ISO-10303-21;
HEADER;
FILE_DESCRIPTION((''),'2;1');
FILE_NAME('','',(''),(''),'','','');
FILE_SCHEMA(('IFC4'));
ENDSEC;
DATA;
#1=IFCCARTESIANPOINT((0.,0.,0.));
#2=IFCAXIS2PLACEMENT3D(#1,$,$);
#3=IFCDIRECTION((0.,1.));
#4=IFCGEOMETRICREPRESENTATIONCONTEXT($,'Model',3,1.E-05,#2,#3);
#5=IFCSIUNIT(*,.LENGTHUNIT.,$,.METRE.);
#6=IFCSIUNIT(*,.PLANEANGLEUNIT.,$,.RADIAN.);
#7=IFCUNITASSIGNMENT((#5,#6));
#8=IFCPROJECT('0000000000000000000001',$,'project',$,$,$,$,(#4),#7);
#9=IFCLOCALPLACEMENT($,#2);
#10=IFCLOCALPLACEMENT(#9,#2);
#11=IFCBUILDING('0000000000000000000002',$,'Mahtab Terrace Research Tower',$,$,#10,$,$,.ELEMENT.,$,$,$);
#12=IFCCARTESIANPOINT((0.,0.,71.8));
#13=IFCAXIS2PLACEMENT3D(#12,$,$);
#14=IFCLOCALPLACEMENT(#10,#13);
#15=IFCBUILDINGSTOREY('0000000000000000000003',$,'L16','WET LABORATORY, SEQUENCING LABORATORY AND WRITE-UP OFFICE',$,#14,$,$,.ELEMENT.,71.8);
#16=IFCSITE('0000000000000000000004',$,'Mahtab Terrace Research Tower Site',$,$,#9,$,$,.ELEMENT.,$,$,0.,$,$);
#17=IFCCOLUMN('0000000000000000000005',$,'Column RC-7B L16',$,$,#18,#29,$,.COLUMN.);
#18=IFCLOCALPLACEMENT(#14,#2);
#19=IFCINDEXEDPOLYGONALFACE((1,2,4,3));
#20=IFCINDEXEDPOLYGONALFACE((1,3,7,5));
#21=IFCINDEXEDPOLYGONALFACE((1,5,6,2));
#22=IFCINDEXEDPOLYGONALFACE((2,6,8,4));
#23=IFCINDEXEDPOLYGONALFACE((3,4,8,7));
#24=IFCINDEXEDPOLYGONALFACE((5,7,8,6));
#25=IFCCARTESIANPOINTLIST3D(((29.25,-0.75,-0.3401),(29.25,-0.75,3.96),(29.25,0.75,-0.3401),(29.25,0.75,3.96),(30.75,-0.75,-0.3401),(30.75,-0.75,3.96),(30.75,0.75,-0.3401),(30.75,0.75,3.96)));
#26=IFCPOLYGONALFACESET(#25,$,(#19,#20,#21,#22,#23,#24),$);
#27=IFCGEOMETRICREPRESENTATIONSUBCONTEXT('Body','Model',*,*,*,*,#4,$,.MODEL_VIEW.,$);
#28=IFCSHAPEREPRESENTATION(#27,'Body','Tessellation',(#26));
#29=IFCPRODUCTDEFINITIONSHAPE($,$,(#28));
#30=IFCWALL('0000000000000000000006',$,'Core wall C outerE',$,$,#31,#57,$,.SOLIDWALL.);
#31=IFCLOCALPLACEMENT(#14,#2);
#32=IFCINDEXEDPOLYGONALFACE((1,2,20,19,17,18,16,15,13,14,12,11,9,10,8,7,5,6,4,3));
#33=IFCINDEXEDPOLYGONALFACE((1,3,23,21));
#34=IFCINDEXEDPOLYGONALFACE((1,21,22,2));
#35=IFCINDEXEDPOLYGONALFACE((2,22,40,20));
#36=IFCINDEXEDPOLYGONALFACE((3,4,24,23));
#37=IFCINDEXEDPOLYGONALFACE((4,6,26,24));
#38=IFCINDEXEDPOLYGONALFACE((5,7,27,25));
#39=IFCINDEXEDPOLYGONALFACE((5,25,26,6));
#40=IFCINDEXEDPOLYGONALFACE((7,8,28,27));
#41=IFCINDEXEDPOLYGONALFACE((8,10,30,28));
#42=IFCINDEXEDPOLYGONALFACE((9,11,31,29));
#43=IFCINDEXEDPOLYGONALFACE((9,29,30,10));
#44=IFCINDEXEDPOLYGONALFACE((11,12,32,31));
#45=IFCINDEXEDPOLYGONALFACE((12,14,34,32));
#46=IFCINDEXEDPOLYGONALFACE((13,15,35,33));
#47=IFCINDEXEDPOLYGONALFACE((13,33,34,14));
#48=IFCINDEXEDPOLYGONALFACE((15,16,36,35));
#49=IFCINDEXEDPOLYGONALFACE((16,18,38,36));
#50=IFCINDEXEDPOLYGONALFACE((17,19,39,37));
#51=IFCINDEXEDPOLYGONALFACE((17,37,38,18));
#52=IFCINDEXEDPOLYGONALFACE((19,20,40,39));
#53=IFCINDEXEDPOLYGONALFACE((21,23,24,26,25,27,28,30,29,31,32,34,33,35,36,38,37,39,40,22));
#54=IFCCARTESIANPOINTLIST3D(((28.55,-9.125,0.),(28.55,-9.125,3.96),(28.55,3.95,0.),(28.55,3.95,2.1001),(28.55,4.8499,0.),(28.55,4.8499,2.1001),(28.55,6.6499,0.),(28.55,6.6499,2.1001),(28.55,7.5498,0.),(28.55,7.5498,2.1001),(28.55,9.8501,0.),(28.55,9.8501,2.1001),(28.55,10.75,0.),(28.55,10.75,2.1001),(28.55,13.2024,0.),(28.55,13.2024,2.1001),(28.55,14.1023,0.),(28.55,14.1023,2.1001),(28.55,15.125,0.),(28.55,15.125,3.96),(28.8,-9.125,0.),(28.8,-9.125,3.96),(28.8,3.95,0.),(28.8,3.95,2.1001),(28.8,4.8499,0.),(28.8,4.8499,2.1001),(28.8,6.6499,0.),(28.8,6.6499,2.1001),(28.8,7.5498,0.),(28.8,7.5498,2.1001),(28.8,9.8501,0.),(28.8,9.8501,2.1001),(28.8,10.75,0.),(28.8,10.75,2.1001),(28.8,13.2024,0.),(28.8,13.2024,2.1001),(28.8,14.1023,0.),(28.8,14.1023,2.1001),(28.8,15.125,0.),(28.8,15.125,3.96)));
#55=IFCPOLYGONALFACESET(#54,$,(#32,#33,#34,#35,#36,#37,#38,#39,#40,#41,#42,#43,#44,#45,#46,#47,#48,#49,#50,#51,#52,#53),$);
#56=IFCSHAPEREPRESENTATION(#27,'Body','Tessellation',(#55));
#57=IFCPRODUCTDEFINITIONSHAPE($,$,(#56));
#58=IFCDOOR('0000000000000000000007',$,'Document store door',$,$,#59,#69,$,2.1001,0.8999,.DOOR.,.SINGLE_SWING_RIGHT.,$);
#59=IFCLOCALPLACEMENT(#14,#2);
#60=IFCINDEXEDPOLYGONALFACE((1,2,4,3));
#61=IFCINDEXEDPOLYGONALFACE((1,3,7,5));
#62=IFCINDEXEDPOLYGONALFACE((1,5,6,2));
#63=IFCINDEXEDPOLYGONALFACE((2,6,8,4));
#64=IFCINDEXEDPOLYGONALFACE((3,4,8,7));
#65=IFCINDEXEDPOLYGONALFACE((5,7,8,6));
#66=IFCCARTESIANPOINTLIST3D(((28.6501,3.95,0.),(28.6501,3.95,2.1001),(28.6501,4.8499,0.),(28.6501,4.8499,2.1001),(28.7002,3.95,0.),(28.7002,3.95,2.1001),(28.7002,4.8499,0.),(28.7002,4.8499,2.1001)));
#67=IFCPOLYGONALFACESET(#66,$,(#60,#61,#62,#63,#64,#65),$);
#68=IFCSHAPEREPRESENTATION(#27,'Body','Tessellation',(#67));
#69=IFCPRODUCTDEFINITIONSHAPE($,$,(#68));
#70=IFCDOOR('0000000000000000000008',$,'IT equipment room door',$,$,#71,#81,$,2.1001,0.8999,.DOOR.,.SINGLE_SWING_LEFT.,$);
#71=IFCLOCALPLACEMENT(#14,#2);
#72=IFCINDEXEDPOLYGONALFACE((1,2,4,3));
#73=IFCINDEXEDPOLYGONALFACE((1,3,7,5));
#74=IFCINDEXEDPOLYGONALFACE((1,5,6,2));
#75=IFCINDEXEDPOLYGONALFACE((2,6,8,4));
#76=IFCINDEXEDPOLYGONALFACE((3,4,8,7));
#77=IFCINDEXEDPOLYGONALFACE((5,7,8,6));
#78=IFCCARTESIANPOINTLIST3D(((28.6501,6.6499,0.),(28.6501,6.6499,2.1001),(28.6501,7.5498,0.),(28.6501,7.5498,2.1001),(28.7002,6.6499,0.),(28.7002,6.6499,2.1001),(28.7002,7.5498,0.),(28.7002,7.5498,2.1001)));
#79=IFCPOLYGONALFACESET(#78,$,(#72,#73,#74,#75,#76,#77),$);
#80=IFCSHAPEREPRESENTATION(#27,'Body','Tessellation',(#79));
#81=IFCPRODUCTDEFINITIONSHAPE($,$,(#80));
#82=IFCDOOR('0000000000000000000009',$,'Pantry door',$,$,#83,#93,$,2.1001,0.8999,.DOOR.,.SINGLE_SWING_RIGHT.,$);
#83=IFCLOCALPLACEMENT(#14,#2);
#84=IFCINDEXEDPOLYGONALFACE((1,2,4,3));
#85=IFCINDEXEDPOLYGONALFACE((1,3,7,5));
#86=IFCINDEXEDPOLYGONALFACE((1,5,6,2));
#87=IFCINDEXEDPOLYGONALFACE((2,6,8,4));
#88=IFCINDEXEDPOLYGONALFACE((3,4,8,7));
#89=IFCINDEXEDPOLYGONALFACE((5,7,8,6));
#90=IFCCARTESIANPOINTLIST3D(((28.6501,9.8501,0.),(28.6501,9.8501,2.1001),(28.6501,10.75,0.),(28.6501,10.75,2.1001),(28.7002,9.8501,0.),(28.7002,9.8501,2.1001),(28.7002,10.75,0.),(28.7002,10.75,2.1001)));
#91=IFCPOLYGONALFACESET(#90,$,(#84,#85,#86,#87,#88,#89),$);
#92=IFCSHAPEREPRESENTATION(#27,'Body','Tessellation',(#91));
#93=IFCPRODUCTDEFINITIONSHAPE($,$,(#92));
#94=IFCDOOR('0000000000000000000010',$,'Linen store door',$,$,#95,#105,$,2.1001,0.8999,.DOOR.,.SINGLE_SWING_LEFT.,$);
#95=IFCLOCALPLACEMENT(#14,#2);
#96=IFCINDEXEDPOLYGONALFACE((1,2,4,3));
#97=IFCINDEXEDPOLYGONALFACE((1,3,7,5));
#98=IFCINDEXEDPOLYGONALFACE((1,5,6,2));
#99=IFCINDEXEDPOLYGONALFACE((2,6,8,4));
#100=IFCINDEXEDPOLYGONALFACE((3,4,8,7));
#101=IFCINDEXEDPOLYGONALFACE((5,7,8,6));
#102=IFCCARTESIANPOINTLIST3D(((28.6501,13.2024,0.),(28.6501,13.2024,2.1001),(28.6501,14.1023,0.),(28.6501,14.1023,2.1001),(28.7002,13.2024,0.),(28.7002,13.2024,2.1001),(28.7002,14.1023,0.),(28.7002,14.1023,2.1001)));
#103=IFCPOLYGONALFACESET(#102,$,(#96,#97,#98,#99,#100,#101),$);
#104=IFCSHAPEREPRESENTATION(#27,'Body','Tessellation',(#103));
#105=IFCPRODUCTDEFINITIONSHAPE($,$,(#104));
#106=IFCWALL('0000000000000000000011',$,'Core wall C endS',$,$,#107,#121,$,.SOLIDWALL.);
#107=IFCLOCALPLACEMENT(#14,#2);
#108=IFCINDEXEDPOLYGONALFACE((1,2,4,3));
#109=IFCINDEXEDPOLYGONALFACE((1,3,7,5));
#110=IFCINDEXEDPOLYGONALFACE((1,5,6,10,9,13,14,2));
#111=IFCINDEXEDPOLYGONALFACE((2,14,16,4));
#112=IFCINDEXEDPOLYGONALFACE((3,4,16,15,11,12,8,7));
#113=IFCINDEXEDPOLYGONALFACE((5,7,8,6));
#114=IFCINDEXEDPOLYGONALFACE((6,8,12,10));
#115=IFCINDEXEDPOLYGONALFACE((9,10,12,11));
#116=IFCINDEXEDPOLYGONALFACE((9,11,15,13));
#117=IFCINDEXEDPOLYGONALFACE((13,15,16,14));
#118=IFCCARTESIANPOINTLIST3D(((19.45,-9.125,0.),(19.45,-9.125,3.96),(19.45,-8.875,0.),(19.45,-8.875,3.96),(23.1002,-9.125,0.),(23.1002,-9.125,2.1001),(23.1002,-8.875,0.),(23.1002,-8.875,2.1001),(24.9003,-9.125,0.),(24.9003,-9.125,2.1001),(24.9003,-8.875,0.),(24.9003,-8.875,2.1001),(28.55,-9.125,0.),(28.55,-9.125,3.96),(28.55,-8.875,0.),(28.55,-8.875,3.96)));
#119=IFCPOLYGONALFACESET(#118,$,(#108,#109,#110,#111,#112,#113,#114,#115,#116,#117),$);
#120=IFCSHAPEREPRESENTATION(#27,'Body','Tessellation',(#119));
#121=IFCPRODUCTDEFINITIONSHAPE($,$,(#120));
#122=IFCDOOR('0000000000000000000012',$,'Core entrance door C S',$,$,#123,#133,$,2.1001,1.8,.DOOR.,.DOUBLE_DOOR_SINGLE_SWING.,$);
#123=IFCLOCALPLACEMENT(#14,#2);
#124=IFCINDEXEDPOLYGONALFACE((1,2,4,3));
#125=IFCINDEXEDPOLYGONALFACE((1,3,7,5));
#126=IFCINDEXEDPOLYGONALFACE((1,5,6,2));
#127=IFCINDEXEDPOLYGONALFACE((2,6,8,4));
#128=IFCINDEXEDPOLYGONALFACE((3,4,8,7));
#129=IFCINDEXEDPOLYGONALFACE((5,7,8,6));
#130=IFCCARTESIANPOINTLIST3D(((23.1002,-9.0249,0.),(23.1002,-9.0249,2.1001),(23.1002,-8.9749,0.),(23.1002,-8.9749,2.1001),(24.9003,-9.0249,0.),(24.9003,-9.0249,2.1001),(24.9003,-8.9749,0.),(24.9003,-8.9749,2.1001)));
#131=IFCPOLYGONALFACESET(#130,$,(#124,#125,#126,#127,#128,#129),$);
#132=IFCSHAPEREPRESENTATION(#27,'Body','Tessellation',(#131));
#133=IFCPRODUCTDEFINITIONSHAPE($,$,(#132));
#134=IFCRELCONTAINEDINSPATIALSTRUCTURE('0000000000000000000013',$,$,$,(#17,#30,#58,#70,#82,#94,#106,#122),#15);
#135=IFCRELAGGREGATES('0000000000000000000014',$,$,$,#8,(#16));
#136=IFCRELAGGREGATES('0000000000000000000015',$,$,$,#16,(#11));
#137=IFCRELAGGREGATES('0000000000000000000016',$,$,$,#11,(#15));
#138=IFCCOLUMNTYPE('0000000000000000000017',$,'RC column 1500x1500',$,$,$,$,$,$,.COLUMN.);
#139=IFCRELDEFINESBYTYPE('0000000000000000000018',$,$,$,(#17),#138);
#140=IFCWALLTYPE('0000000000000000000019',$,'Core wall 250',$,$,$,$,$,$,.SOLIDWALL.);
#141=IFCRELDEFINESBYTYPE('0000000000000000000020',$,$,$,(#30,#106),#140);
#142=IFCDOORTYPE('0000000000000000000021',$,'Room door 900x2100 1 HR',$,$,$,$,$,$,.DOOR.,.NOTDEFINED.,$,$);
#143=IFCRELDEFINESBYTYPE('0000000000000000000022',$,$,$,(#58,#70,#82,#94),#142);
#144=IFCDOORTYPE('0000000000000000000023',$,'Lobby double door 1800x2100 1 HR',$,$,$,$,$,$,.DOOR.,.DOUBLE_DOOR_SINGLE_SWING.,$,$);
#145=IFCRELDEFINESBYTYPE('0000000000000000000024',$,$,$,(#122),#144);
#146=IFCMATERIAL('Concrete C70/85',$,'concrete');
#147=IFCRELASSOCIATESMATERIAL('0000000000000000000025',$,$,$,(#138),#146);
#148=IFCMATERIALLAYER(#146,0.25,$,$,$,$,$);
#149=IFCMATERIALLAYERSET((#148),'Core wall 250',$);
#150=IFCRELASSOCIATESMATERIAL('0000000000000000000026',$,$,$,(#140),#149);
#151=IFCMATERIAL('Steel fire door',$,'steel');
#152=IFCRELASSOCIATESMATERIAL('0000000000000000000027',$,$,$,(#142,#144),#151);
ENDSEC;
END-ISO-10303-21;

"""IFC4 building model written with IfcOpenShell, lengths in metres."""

from ifc_helpers import new_model, si_unit, direction, frame, frame_2d, origin, origin_2d, place, context, subcontext, project, spatial, rectangle, extrude, material, layer, layer_set, material_profile, profile_set, type_object, element, fill, save


model = new_model("IFC4")

# Units and contexts
model_context = context("Model", 3, precision=1e-05, world=origin(), true_north=direction((0.0, 1.0)))
body_context = subcontext(model_context, "Body", "Model", "MODEL_VIEW")
ifc_project = project(units=[si_unit("LENGTHUNIT", "METRE"), si_unit("PLANEANGLEUNIT", "RADIAN")], contexts=[model_context])

# Site, building, storey
site_placement = place(None, origin())
site = spatial("IfcSite", under=ifc_project, at=site_placement, Name="Mahtab Terrace Research Tower Site", CompositionType="ELEMENT", RefElevation=0.0)
building_placement = place(site_placement, origin())
building = spatial("IfcBuilding", under=site, at=building_placement, Name="Mahtab Terrace Research Tower", CompositionType="ELEMENT")
storey_placement = place(building_placement, frame((0.0, 0.0, 71.8)))
storey = spatial("IfcBuildingStorey", under=building, at=storey_placement, Name="L16", Description="WET LABORATORY, SEQUENCING LABORATORY AND WRITE-UP OFFICE", CompositionType="ELEMENT", Elevation=71.8)

# Column
ifc_material_1 = material(Name="Concrete C70/85", Category="concrete")
ifc_material_profile = material_profile(ifc_material_1, rectangle(XDim=1.5, YDim=1.5, at=origin_2d()), Name="RC column 1500x1500")
ifc_profile_set = profile_set([ifc_material_profile], Name="Concrete C70/85")
column_type = type_object("IfcColumnType", Name="RC column 1500x1500", PredefinedType="COLUMN", material=ifc_profile_set)
column_placement = place(storey_placement, frame((30.0, 0.0, -0.3401), z_axis=(0.0, 0.0, 1.0), x_axis=(1.0, 0.0, 0.0)))
element("IfcColumn", 1, at=column_placement, inside=storey, type_object=column_type, Name="Column RC-7B L16", PredefinedType="COLUMN", context=body_context, shape_type="SweptSolid", body=[
    extrude(rectangle(XDim=1.5, YDim=1.5, at=origin_2d()), origin(), (0.0, 0.0, 1.0), 4.3),
])

# Wall, openings, doors
ifc_layer_1 = layer(ifc_material_1, 0.25)
ifc_layer_set_1 = layer_set([ifc_layer_1], Name="Core wall 250")
wall_type_1 = type_object("IfcWallType", Name="Core wall 250", PredefinedType="SOLIDWALL", material=ifc_layer_set_1)
wall_1_placement = place(storey_placement, frame((28.675, -9.125, 0.0), z_axis=(0.0, 0.0, 1.0), x_axis=(0.0, 1.0, 0.0)))
wall_1 = element("IfcWall", 2, at=wall_1_placement, inside=storey, type_object=wall_type_1, Name="Core wall C outerE", PredefinedType="SOLIDWALL", context=body_context, shape_type="SweptSolid", body=[
    extrude(rectangle(XDim=24.25, YDim=0.25, at=frame_2d((12.125, 0.0))), origin(), (0.0, 0.0, 1.0), 3.96),
])
opening_1_placement = place(wall_1_placement, frame((13.075, 0.0, 0.0)))
opening_1 = element("IfcOpeningElement", 3, at=opening_1_placement, cuts=wall_1, PredefinedType="OPENING", context=body_context, shape_type="SweptSolid", body=[
    extrude(rectangle(XDim=0.8999, YDim=2.1001, at=frame_2d((0.45, 1.05))), frame((0.0, 0.135, 0.0), z_axis=(0.0, -1.0, 0.0), x_axis=(1.0, 0.0, 0.0)), (0.0, 0.0, 1.0), 0.27),
])
opening_2_placement = place(wall_1_placement, frame((15.7749, 0.0, 0.0)))
opening_2 = element("IfcOpeningElement", 4, at=opening_2_placement, cuts=wall_1, PredefinedType="OPENING", context=body_context, shape_type="SweptSolid", body=[
    extrude(rectangle(XDim=0.8999, YDim=2.1001, at=frame_2d((0.45, 1.05))), frame((0.0, 0.135, 0.0), z_axis=(0.0, -1.0, 0.0), x_axis=(1.0, 0.0, 0.0)), (0.0, 0.0, 1.0), 0.27),
])
opening_3_placement = place(wall_1_placement, frame((18.9751, 0.0, 0.0)))
opening_3 = element("IfcOpeningElement", 5, at=opening_3_placement, cuts=wall_1, PredefinedType="OPENING", context=body_context, shape_type="SweptSolid", body=[
    extrude(rectangle(XDim=0.8999, YDim=2.1001, at=frame_2d((0.45, 1.05))), frame((0.0, 0.135, 0.0), z_axis=(0.0, -1.0, 0.0), x_axis=(1.0, 0.0, 0.0)), (0.0, 0.0, 1.0), 0.27),
])
opening_4_placement = place(wall_1_placement, frame((22.3274, 0.0, 0.0)))
opening_4 = element("IfcOpeningElement", 6, at=opening_4_placement, cuts=wall_1, PredefinedType="OPENING", context=body_context, shape_type="SweptSolid", body=[
    extrude(rectangle(XDim=0.8999, YDim=2.1001, at=frame_2d((0.45, 1.05))), frame((0.0, 0.135, 0.0), z_axis=(0.0, -1.0, 0.0), x_axis=(1.0, 0.0, 0.0)), (0.0, 0.0, 1.0), 0.27),
])
ifc_material_2 = material(Name="Steel fire door", Category="steel")
door_type_1 = type_object("IfcDoorType", Name="Room door 900x2100 1 HR", OperationType="NOTDEFINED", PredefinedType="DOOR", material=ifc_material_2)
door_1_placement = place(opening_1_placement, origin())
door_1 = element("IfcDoor", 7, at=door_1_placement, inside=storey, type_object=door_type_1, Name="Document store door", OperationType="SINGLE_SWING_RIGHT", OverallHeight=2.1001, OverallWidth=0.8999, PredefinedType="DOOR", context=body_context, shape_type="SweptSolid", body=[
    extrude(rectangle(XDim=0.8999, YDim=2.1001, at=frame_2d((0.45, 1.05))), frame((0.0, 0.0249, 0.0), z_axis=(0.0, -1.0, 0.0), x_axis=(1.0, 0.0, 0.0)), (0.0, 0.0, 1.0), 0.05),
])
fill(opening_1, door_1)
door_2_placement = place(opening_2_placement, origin())
door_2 = element("IfcDoor", 8, at=door_2_placement, inside=storey, type_object=door_type_1, Name="IT equipment room door", OperationType="SINGLE_SWING_LEFT", OverallHeight=2.1001, OverallWidth=0.8999, PredefinedType="DOOR", context=body_context, shape_type="SweptSolid", body=[
    extrude(rectangle(XDim=0.8999, YDim=2.1001, at=frame_2d((0.45, 1.05))), frame((0.0, 0.0249, 0.0), z_axis=(0.0, -1.0, 0.0), x_axis=(1.0, 0.0, 0.0)), (0.0, 0.0, 1.0), 0.05),
])
fill(opening_2, door_2)
door_3_placement = place(opening_3_placement, origin())
door_3 = element("IfcDoor", 9, at=door_3_placement, inside=storey, type_object=door_type_1, Name="Pantry door", OperationType="SINGLE_SWING_RIGHT", OverallHeight=2.1001, OverallWidth=0.8999, PredefinedType="DOOR", context=body_context, shape_type="SweptSolid", body=[
    extrude(rectangle(XDim=0.8999, YDim=2.1001, at=frame_2d((0.45, 1.05))), frame((0.0, 0.0249, 0.0), z_axis=(0.0, -1.0, 0.0), x_axis=(1.0, 0.0, 0.0)), (0.0, 0.0, 1.0), 0.05),
])
fill(opening_3, door_3)
door_4_placement = place(opening_4_placement, origin())
door_4 = element("IfcDoor", 10, at=door_4_placement, inside=storey, type_object=door_type_1, Name="Linen store door", OperationType="SINGLE_SWING_LEFT", OverallHeight=2.1001, OverallWidth=0.8999, PredefinedType="DOOR", context=body_context, shape_type="SweptSolid", body=[
    extrude(rectangle(XDim=0.8999, YDim=2.1001, at=frame_2d((0.45, 1.05))), frame((0.0, 0.0249, 0.0), z_axis=(0.0, -1.0, 0.0), x_axis=(1.0, 0.0, 0.0)), (0.0, 0.0, 1.0), 0.05),
])
fill(opening_4, door_4)

# Wall, opening, door
wall_2_placement = place(storey_placement, frame((28.55, -9.0, 0.0), z_axis=(0.0, 0.0, 1.0), x_axis=(-1.0, 0.0, 0.0)))
wall_2 = element("IfcWall", 11, at=wall_2_placement, inside=storey, type_object=wall_type_1, Name="Core wall C endS", PredefinedType="SOLIDWALL", context=body_context, shape_type="SweptSolid", body=[
    extrude(rectangle(XDim=9.1001, YDim=0.25, at=frame_2d((4.55, 0.0))), origin(), (0.0, 0.0, 1.0), 3.96),
])
opening_5_placement = place(wall_2_placement, frame((3.6499, 0.0, 0.0)))
opening_5 = element("IfcOpeningElement", 12, at=opening_5_placement, cuts=wall_2, PredefinedType="OPENING", context=body_context, shape_type="SweptSolid", body=[
    extrude(rectangle(XDim=1.8, YDim=2.1001, at=frame_2d((0.8999, 1.05))), frame((0.0, 0.135, 0.0), z_axis=(0.0, -1.0, 0.0), x_axis=(1.0, 0.0, 0.0)), (0.0, 0.0, 1.0), 0.27),
])
door_type_2 = type_object("IfcDoorType", Name="Lobby double door 1800x2100 1 HR", OperationType="DOUBLE_DOOR_SINGLE_SWING", PredefinedType="DOOR", material=ifc_material_2)
door_5_placement = place(opening_5_placement, origin())
door_5 = element("IfcDoor", 13, at=door_5_placement, inside=storey, type_object=door_type_2, Name="Core entrance door C S", OperationType="DOUBLE_DOOR_SINGLE_SWING", OverallHeight=2.1001, OverallWidth=1.8, PredefinedType="DOOR", context=body_context, shape_type="SweptSolid", body=[
    extrude(rectangle(XDim=1.8, YDim=2.1001, at=frame_2d((0.8999, 1.05))), frame((0.0, 0.0249, 0.0), z_axis=(0.0, -1.0, 0.0), x_axis=(1.0, 0.0, 0.0)), (0.0, 0.0, 1.0), 0.05),
])
fill(opening_5, door_5)

save(model, "model.ifc")
